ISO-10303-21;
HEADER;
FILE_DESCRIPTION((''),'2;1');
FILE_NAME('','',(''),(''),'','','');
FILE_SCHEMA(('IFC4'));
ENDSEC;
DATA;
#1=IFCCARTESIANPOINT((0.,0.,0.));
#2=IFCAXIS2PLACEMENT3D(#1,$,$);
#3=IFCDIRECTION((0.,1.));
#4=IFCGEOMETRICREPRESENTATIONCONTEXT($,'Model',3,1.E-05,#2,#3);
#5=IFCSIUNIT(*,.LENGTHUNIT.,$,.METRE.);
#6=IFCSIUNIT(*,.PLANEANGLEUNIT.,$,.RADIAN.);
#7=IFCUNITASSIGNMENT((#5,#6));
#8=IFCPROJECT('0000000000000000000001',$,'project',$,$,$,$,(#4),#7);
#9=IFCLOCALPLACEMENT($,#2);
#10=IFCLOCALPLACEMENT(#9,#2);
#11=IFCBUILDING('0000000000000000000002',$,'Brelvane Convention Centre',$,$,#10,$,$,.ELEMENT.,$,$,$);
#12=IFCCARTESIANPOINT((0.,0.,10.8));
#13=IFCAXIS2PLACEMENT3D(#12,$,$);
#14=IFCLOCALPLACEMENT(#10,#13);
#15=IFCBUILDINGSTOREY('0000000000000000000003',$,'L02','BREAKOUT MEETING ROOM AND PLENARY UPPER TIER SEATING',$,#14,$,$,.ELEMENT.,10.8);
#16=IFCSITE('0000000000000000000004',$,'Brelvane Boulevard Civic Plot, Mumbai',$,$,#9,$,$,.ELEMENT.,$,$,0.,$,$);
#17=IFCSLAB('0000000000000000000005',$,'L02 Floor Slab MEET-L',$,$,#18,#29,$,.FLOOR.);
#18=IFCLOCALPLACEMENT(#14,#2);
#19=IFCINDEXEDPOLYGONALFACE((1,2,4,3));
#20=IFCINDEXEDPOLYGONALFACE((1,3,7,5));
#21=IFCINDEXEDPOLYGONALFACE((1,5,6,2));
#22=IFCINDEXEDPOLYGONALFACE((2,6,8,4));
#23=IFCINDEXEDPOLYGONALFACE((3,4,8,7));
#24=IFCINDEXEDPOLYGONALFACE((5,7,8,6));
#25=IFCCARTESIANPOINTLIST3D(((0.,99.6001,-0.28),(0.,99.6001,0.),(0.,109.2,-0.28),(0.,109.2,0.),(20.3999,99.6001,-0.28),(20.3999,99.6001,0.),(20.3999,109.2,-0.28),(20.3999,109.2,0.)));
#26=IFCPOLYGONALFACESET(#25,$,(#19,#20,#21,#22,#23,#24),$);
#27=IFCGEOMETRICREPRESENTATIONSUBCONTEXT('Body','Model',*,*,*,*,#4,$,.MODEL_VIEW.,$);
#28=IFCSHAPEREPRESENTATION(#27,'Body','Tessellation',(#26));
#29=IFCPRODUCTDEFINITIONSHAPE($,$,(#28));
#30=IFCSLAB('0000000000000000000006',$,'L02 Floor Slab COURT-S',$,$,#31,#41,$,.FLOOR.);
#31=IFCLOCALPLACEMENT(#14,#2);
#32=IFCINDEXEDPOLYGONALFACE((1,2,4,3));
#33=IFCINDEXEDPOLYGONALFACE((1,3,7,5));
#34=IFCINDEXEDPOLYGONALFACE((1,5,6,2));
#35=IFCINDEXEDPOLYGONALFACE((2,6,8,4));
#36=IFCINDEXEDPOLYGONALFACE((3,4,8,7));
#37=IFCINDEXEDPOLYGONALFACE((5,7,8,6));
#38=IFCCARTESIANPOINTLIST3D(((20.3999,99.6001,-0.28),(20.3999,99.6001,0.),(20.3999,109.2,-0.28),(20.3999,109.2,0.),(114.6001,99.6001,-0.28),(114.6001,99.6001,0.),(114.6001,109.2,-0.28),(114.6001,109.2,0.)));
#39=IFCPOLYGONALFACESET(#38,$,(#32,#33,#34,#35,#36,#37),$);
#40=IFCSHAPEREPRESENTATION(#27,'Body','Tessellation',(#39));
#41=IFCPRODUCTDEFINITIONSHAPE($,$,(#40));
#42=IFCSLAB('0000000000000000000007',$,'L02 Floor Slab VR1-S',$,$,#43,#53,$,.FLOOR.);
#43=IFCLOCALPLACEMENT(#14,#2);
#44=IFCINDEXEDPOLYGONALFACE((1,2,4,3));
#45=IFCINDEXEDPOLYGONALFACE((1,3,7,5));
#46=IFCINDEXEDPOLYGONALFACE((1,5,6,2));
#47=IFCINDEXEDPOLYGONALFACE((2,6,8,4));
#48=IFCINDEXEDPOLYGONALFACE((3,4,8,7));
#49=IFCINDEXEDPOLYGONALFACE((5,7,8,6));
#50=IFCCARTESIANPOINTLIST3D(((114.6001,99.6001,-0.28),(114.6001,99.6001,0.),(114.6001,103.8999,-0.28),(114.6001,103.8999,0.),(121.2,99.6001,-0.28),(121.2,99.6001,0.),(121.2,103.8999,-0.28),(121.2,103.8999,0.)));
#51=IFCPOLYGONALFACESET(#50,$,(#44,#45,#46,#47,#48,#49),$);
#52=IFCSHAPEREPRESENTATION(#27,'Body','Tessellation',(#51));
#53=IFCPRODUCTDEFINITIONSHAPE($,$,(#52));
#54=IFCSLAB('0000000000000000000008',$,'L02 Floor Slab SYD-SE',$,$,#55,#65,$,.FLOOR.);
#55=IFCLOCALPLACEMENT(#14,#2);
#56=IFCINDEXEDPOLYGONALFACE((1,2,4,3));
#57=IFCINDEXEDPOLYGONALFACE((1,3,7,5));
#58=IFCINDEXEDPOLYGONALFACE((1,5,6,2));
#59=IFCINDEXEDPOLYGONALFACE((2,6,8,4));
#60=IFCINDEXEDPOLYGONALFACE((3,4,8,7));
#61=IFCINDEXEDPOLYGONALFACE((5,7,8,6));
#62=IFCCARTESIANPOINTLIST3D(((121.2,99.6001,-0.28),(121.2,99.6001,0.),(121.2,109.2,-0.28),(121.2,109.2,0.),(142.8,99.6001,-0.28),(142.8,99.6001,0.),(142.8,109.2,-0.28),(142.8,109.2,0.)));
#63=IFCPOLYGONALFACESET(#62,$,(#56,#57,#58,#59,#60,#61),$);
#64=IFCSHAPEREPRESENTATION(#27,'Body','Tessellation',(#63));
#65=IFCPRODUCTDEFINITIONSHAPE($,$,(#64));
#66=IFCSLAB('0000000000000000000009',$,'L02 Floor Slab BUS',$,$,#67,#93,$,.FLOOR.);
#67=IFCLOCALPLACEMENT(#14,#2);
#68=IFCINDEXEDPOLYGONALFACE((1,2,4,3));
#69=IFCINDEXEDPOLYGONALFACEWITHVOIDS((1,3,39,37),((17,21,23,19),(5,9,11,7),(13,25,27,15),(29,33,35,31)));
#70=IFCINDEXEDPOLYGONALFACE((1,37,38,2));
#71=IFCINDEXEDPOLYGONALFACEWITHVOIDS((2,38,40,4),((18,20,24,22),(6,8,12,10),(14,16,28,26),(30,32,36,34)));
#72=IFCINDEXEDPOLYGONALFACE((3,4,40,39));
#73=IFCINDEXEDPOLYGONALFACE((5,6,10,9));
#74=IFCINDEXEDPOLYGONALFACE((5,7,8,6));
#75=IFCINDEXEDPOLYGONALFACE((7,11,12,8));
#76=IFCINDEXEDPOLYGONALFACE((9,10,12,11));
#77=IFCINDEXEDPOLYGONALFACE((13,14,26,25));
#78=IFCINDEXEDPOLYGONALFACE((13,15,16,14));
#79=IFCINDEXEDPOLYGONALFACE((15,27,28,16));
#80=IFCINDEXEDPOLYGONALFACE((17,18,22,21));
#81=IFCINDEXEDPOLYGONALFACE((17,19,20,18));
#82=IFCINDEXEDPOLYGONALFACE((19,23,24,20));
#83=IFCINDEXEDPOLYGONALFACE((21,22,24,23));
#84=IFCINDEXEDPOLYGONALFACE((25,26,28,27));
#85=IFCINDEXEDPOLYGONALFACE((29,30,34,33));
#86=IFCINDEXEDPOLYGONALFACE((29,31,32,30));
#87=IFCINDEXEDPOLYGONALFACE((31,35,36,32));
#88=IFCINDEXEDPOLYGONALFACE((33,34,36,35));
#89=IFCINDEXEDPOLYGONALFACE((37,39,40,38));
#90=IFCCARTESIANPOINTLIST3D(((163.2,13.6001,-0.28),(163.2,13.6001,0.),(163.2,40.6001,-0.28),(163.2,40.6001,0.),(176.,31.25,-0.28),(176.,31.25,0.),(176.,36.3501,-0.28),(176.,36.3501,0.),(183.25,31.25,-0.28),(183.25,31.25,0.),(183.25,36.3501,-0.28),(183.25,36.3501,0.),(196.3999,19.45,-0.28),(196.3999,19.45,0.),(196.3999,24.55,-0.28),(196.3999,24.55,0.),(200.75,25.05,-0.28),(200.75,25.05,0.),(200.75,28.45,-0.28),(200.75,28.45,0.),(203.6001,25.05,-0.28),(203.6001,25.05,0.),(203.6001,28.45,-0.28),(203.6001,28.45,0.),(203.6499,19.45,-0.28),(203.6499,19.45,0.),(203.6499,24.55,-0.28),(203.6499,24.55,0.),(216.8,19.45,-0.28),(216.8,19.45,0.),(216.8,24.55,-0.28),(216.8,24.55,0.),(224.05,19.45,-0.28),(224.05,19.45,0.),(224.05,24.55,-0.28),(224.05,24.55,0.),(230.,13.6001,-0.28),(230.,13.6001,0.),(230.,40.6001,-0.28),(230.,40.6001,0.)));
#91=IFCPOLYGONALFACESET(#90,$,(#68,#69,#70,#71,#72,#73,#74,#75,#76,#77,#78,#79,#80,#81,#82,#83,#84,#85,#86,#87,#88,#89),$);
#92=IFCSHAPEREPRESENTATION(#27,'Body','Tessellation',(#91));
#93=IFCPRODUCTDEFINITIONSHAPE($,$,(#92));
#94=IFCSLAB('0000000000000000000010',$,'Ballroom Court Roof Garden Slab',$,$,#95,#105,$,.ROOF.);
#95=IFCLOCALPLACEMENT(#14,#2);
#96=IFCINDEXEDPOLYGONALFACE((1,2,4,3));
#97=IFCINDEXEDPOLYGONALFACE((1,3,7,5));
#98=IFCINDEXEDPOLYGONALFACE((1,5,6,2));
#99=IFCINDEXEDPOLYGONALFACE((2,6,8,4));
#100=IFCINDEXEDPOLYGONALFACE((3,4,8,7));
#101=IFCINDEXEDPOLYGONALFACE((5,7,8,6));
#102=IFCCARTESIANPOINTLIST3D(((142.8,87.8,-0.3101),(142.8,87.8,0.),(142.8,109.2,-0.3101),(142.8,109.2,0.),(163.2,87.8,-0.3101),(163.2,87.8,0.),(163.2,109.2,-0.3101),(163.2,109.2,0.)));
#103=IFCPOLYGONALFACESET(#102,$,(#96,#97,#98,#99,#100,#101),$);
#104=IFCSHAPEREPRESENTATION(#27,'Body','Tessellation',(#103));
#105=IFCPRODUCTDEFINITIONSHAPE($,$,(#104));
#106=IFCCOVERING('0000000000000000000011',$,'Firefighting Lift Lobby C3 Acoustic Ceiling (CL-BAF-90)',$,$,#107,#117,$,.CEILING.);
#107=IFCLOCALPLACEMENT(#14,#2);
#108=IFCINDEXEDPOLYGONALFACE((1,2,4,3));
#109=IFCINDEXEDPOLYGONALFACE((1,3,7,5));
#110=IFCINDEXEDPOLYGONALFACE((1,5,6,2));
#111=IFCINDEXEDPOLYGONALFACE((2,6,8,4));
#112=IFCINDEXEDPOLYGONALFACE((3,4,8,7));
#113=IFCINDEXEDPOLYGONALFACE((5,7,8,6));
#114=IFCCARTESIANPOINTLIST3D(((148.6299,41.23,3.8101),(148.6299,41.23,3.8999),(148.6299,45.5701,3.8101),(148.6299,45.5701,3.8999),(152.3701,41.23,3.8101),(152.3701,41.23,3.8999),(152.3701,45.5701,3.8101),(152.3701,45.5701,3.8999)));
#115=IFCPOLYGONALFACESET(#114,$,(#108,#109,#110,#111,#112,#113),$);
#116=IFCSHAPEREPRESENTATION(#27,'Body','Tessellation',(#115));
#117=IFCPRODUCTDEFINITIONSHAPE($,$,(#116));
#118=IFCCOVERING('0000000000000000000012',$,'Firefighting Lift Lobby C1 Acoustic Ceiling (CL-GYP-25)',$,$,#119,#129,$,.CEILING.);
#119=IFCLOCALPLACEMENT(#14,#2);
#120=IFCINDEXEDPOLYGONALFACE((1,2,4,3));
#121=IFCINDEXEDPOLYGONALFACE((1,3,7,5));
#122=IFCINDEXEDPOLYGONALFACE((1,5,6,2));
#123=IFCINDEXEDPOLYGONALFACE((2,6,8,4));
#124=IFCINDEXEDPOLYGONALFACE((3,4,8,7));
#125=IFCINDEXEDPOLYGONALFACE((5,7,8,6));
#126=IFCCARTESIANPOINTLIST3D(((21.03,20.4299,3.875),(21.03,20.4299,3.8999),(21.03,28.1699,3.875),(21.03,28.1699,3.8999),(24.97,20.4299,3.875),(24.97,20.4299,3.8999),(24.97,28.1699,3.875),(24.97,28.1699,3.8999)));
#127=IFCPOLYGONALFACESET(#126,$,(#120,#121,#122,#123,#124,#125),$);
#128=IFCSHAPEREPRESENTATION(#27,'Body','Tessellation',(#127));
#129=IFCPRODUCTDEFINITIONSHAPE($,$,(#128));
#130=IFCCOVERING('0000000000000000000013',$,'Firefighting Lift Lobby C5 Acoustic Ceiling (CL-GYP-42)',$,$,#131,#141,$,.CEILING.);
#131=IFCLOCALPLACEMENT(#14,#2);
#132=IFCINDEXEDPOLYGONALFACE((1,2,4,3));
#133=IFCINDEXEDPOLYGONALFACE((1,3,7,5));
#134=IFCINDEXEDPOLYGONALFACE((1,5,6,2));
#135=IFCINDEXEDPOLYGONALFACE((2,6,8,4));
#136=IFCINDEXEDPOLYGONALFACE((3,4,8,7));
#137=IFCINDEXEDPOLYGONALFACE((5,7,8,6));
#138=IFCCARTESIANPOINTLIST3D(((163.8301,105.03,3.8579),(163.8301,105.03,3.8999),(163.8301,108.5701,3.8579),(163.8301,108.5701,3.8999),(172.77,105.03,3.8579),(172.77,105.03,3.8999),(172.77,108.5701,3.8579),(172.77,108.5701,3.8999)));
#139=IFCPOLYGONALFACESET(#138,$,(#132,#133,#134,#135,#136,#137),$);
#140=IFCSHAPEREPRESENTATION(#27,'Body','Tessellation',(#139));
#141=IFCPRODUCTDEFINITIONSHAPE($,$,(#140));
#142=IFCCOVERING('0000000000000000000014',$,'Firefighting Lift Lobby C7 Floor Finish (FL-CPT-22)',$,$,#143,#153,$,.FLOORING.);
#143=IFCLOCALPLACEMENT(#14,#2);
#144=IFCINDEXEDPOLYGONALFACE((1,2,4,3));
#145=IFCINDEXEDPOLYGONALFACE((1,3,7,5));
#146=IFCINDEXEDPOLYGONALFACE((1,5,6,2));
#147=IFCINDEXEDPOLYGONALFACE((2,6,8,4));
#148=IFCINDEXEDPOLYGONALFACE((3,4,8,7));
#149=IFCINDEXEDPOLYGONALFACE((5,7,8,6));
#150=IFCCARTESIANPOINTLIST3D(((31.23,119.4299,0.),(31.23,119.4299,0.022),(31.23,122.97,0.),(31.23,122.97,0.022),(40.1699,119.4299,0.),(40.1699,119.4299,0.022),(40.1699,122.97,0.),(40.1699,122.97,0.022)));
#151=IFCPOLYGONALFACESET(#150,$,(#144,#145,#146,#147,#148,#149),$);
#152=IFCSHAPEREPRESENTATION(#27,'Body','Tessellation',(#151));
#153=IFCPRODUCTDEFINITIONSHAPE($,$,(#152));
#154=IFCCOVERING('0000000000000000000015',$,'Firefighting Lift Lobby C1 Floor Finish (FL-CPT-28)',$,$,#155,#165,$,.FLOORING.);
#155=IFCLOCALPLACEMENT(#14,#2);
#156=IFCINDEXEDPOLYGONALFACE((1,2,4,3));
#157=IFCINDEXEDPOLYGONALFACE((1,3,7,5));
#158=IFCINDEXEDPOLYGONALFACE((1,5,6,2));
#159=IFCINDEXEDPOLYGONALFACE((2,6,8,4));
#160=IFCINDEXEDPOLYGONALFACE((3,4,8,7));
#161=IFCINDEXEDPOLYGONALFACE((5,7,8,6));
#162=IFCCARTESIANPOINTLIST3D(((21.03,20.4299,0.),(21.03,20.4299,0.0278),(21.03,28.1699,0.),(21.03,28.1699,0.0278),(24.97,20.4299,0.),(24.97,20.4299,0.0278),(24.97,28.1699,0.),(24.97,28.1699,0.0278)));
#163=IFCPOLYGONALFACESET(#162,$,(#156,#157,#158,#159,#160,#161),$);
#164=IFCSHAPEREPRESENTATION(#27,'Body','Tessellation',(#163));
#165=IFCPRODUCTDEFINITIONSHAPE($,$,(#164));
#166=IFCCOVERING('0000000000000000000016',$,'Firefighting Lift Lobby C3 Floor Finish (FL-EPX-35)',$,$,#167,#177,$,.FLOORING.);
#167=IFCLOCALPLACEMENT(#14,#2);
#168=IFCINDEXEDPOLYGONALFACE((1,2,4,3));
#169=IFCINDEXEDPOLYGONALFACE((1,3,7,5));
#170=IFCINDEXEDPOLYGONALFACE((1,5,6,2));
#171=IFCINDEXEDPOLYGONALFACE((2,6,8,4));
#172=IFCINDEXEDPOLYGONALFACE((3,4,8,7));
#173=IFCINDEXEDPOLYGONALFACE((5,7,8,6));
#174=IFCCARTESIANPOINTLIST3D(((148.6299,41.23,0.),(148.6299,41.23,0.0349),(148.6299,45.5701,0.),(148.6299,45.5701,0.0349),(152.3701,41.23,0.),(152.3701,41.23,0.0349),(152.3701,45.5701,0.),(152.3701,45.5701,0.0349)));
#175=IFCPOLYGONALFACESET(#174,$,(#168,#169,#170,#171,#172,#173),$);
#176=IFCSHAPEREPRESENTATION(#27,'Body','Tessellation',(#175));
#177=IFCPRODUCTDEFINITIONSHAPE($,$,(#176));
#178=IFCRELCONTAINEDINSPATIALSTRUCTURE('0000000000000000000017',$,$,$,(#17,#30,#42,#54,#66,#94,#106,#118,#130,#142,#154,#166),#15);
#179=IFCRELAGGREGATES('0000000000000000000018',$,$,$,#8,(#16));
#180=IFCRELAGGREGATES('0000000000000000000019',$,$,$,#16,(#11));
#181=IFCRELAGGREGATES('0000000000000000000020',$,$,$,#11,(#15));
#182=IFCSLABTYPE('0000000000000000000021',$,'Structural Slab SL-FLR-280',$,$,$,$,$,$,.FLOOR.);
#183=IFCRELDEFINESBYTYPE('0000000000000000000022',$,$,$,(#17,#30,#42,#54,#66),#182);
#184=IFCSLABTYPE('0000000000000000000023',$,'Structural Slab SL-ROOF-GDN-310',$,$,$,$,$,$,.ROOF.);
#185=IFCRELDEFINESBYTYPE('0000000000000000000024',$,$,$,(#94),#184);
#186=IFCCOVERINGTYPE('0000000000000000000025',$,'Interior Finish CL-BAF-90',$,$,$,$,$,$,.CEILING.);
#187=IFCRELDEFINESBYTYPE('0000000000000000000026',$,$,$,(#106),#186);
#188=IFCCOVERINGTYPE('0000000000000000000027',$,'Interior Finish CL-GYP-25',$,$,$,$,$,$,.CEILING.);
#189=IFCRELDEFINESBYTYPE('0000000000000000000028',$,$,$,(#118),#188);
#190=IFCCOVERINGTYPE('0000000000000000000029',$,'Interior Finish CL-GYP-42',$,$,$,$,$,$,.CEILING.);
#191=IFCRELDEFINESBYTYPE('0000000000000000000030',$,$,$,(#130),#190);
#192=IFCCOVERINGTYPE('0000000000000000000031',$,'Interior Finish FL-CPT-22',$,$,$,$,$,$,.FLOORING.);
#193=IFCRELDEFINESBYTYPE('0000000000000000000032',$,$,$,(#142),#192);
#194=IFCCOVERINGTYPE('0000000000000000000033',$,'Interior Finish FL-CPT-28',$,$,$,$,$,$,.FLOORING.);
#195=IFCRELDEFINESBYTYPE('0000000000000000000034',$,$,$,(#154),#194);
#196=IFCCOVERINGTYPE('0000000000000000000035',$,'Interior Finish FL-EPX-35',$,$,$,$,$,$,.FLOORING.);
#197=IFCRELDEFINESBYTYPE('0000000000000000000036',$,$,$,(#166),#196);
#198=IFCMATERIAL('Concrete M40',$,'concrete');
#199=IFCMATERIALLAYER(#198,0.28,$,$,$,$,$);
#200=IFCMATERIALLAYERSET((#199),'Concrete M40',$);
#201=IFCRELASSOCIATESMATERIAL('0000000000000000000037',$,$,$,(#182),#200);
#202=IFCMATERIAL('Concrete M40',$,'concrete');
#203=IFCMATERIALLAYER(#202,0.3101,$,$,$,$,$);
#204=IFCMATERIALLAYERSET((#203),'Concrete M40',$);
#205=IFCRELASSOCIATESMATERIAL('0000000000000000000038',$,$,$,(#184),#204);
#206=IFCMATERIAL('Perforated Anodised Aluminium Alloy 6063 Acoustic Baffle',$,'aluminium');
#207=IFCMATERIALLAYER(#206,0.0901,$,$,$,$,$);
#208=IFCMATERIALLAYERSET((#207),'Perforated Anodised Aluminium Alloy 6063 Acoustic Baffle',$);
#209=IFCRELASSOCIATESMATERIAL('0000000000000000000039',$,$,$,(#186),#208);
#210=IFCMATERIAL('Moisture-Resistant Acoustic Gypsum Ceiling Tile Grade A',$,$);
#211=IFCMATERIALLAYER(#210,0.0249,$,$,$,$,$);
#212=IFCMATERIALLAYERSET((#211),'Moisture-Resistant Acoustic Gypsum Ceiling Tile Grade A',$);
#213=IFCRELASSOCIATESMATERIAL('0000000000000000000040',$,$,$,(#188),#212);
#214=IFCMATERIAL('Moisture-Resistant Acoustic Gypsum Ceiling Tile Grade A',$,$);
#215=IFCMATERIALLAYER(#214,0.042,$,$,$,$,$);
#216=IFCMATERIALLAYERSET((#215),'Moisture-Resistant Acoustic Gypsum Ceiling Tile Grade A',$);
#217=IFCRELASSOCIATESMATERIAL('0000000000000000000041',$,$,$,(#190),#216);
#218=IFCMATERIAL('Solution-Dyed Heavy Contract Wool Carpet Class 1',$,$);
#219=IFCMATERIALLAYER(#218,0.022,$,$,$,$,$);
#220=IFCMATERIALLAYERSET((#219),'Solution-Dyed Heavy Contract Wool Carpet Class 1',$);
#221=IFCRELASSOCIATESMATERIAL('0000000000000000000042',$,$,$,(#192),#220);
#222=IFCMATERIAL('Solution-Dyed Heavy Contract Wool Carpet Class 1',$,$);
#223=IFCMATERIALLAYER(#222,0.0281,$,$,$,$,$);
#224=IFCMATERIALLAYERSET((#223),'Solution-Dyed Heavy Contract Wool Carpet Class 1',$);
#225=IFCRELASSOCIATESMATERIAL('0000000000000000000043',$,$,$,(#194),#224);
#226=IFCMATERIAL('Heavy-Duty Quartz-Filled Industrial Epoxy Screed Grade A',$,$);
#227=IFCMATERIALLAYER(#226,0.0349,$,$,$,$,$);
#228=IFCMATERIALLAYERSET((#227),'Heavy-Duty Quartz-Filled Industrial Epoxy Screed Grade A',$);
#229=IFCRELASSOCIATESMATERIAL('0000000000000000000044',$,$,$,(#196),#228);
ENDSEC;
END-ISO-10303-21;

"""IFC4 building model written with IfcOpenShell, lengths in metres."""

from ifc_helpers import new_model, si_unit, direction, frame, origin, place, context, subcontext, project, spatial, polyline, outline, extrude, material, layer, layer_set, type_object, element, save


model = new_model("IFC4")

# Units and contexts
model_context = context("Model", 3, precision=1e-05, world=origin(), true_north=direction((0.0, 1.0)))
body_context = subcontext(model_context, "Body", "Model", "MODEL_VIEW")
ifc_project = project(units=[si_unit("LENGTHUNIT", "METRE"), si_unit("PLANEANGLEUNIT", "RADIAN")], contexts=[model_context])

# Site, building, storey
site_placement = place(None, origin())
site = spatial("IfcSite", under=ifc_project, at=site_placement, Name="Brelvane Boulevard Civic Plot, Mumbai", CompositionType="ELEMENT", RefElevation=0.0)
building_placement = place(site_placement, origin())
building = spatial("IfcBuilding", under=site, at=building_placement, Name="Brelvane Convention Centre", CompositionType="ELEMENT")
storey_placement = place(building_placement, frame((0.0, 0.0, 10.8)))
storey = spatial("IfcBuildingStorey", under=building, at=storey_placement, Name="L02", Description="BREAKOUT MEETING ROOM AND PLENARY UPPER TIER SEATING", CompositionType="ELEMENT", Elevation=10.8)

# Slabs
ifc_material_1 = material(Name="Concrete M40", Category="concrete")
ifc_layer_1 = layer(ifc_material_1, 0.28)
ifc_layer_set_1 = layer_set([ifc_layer_1], Name="Concrete M40")
slab_type_1 = type_object("IfcSlabType", Name="Structural Slab SL-FLR-280", PredefinedType="FLOOR", material=ifc_layer_set_1)
slab_1_placement = place(storey_placement, frame((0.0, 0.0, -0.28)))
element("IfcSlab", 1, at=slab_1_placement, inside=storey, type_object=slab_type_1, Name="L02 Floor Slab MEET-L", PredefinedType="FLOOR", context=body_context, shape_type="SweptSolid", body=[
    extrude(outline(polyline([(0.0, 99.6001), (20.3999, 99.6001), (20.3999, 109.2), (0.0, 109.2), (0.0, 99.6001)])), origin(), (0.0, 0.0, 1.0), 0.28),
])
slab_2_placement = place(storey_placement, frame((0.0, 0.0, -0.28)))
element("IfcSlab", 2, at=slab_2_placement, inside=storey, type_object=slab_type_1, Name="L02 Floor Slab COURT-S", PredefinedType="FLOOR", context=body_context, shape_type="SweptSolid", body=[
    extrude(outline(polyline([(20.3999, 99.6001), (114.6001, 99.6001), (114.6001, 109.2), (20.3999, 109.2), (20.3999, 99.6001)])), origin(), (0.0, 0.0, 1.0), 0.28),
])
slab_3_placement = place(storey_placement, frame((0.0, 0.0, -0.28)))
element("IfcSlab", 3, at=slab_3_placement, inside=storey, type_object=slab_type_1, Name="L02 Floor Slab VR1-S", PredefinedType="FLOOR", context=body_context, shape_type="SweptSolid", body=[
    extrude(outline(polyline([(114.6001, 99.6001), (121.2, 99.6001), (121.2, 103.8999), (114.6001, 103.8999), (114.6001, 99.6001)])), origin(), (0.0, 0.0, 1.0), 0.28),
])
slab_4_placement = place(storey_placement, frame((0.0, 0.0, -0.28)))
element("IfcSlab", 4, at=slab_4_placement, inside=storey, type_object=slab_type_1, Name="L02 Floor Slab SYD-SE", PredefinedType="FLOOR", context=body_context, shape_type="SweptSolid", body=[
    extrude(outline(polyline([(121.2, 99.6001), (142.8, 99.6001), (142.8, 109.2), (121.2, 109.2), (121.2, 99.6001)])), origin(), (0.0, 0.0, 1.0), 0.28),
])
slab_5_placement = place(storey_placement, frame((0.0, 0.0, -0.28)))
element("IfcSlab", 5, at=slab_5_placement, inside=storey, type_object=slab_type_1, Name="L02 Floor Slab BUS", PredefinedType="FLOOR", context=body_context, shape_type="SweptSolid", body=[
    extrude(outline(polyline([(163.2, 13.6001), (230.0, 13.6001), (230.0, 40.6001), (163.2, 40.6001), (163.2, 13.6001)]), holes=[polyline([(196.3999, 19.45), (203.6499, 19.45), (203.6499, 24.55), (196.3999, 24.55), (196.3999, 19.45)]), polyline([(200.75, 25.05), (203.6001, 25.05), (203.6001, 28.45), (200.75, 28.45), (200.75, 25.05)]), polyline([(216.8, 19.45), (224.05, 19.45), (224.05, 24.55), (216.8, 24.55), (216.8, 19.45)]), polyline([(176.0, 31.25), (183.25, 31.25), (183.25, 36.3501), (176.0, 36.3501), (176.0, 31.25)])]), origin(), (0.0, 0.0, 1.0), 0.28),
])
ifc_material_2 = material(Name="Concrete M40", Category="concrete")
ifc_layer_2 = layer(ifc_material_2, 0.3101)
ifc_layer_set_2 = layer_set([ifc_layer_2], Name="Concrete M40")
slab_type_2 = type_object("IfcSlabType", Name="Structural Slab SL-ROOF-GDN-310", PredefinedType="ROOF", material=ifc_layer_set_2)
slab_6_placement = place(storey_placement, frame((0.0, 0.0, -0.3101)))
element("IfcSlab", 6, at=slab_6_placement, inside=storey, type_object=slab_type_2, Name="Ballroom Court Roof Garden Slab", PredefinedType="ROOF", context=body_context, shape_type="SweptSolid", body=[
    extrude(outline(polyline([(142.8, 87.8), (163.2, 87.8), (163.2, 109.2), (142.8, 109.2), (142.8, 87.8)])), origin(), (0.0, 0.0, 1.0), 0.3101),
])

# Coverings
ifc_material_3 = material(Name="Perforated Anodised Aluminium Alloy 6063 Acoustic Baffle", Category="aluminium")
ifc_layer_3 = layer(ifc_material_3, 0.0901)
ifc_layer_set_3 = layer_set([ifc_layer_3], Name="Perforated Anodised Aluminium Alloy 6063 Acoustic Baffle")
covering_type_1 = type_object("IfcCoveringType", Name="Interior Finish CL-BAF-90", PredefinedType="CEILING", material=ifc_layer_set_3)
covering_1_placement = place(storey_placement, frame((0.0, 0.0, 3.8101)))
element("IfcCovering", 7, at=covering_1_placement, inside=storey, type_object=covering_type_1, Name="Firefighting Lift Lobby C3 Acoustic Ceiling (CL-BAF-90)", PredefinedType="CEILING", context=body_context, shape_type="SweptSolid", body=[
    extrude(outline(polyline([(148.6299, 41.23), (152.3701, 41.23), (152.3701, 45.5701), (148.6299, 45.5701), (148.6299, 41.23)])), origin(), (0.0, 0.0, 1.0), 0.0898),
])
ifc_material_4 = material(Name="Moisture-Resistant Acoustic Gypsum Ceiling Tile Grade A")
ifc_layer_4 = layer(ifc_material_4, 0.0249)
ifc_layer_set_4 = layer_set([ifc_layer_4], Name="Moisture-Resistant Acoustic Gypsum Ceiling Tile Grade A")
covering_type_2 = type_object("IfcCoveringType", Name="Interior Finish CL-GYP-25", PredefinedType="CEILING", material=ifc_layer_set_4)
covering_2_placement = place(storey_placement, frame((0.0, 0.0, 3.875)))
element("IfcCovering", 8, at=covering_2_placement, inside=storey, type_object=covering_type_2, Name="Firefighting Lift Lobby C1 Acoustic Ceiling (CL-GYP-25)", PredefinedType="CEILING", context=body_context, shape_type="SweptSolid", body=[
    extrude(outline(polyline([(21.03, 20.4299), (24.97, 20.4299), (24.97, 28.1699), (21.03, 28.1699), (21.03, 20.4299)])), origin(), (0.0, 0.0, 1.0), 0.0249),
])
ifc_material_5 = material(Name="Moisture-Resistant Acoustic Gypsum Ceiling Tile Grade A")
ifc_layer_5 = layer(ifc_material_5, 0.042)
ifc_layer_set_5 = layer_set([ifc_layer_5], Name="Moisture-Resistant Acoustic Gypsum Ceiling Tile Grade A")
covering_type_3 = type_object("IfcCoveringType", Name="Interior Finish CL-GYP-42", PredefinedType="CEILING", material=ifc_layer_set_5)
covering_3_placement = place(storey_placement, frame((0.0, 0.0, 3.8579)))
element("IfcCovering", 9, at=covering_3_placement, inside=storey, type_object=covering_type_3, Name="Firefighting Lift Lobby C5 Acoustic Ceiling (CL-GYP-42)", PredefinedType="CEILING", context=body_context, shape_type="SweptSolid", body=[
    extrude(outline(polyline([(163.8301, 105.03), (172.77, 105.03), (172.77, 108.5701), (163.8301, 108.5701), (163.8301, 105.03)])), origin(), (0.0, 0.0, 1.0), 0.042),
])
ifc_material_6 = material(Name="Solution-Dyed Heavy Contract Wool Carpet Class 1")
ifc_layer_6 = layer(ifc_material_6, 0.022)
ifc_layer_set_6 = layer_set([ifc_layer_6], Name="Solution-Dyed Heavy Contract Wool Carpet Class 1")
covering_type_4 = type_object("IfcCoveringType", Name="Interior Finish FL-CPT-22", PredefinedType="FLOORING", material=ifc_layer_set_6)
covering_4_placement = place(storey_placement, origin())
element("IfcCovering", 10, at=covering_4_placement, inside=storey, type_object=covering_type_4, Name="Firefighting Lift Lobby C7 Floor Finish (FL-CPT-22)", PredefinedType="FLOORING", context=body_context, shape_type="SweptSolid", body=[
    extrude(outline(polyline([(31.23, 119.4299), (40.1699, 119.4299), (40.1699, 122.97), (31.23, 122.97), (31.23, 119.4299)])), origin(), (0.0, 0.0, 1.0), 0.022),
])
ifc_material_7 = material(Name="Solution-Dyed Heavy Contract Wool Carpet Class 1")
ifc_layer_7 = layer(ifc_material_7, 0.0281)
ifc_layer_set_7 = layer_set([ifc_layer_7], Name="Solution-Dyed Heavy Contract Wool Carpet Class 1")
covering_type_5 = type_object("IfcCoveringType", Name="Interior Finish FL-CPT-28", PredefinedType="FLOORING", material=ifc_layer_set_7)
covering_5_placement = place(storey_placement, origin())
element("IfcCovering", 11, at=covering_5_placement, inside=storey, type_object=covering_type_5, Name="Firefighting Lift Lobby C1 Floor Finish (FL-CPT-28)", PredefinedType="FLOORING", context=body_context, shape_type="SweptSolid", body=[
    extrude(outline(polyline([(21.03, 20.4299), (24.97, 20.4299), (24.97, 28.1699), (21.03, 28.1699), (21.03, 20.4299)])), origin(), (0.0, 0.0, 1.0), 0.0278),
])
ifc_material_8 = material(Name="Heavy-Duty Quartz-Filled Industrial Epoxy Screed Grade A")
ifc_layer_8 = layer(ifc_material_8, 0.0349)
ifc_layer_set_8 = layer_set([ifc_layer_8], Name="Heavy-Duty Quartz-Filled Industrial Epoxy Screed Grade A")
covering_type_6 = type_object("IfcCoveringType", Name="Interior Finish FL-EPX-35", PredefinedType="FLOORING", material=ifc_layer_set_8)
covering_6_placement = place(storey_placement, origin())
element("IfcCovering", 12, at=covering_6_placement, inside=storey, type_object=covering_type_6, Name="Firefighting Lift Lobby C3 Floor Finish (FL-EPX-35)", PredefinedType="FLOORING", context=body_context, shape_type="SweptSolid", body=[
    extrude(outline(polyline([(148.6299, 41.23), (152.3701, 41.23), (152.3701, 45.5701), (148.6299, 45.5701), (148.6299, 41.23)])), origin(), (0.0, 0.0, 1.0), 0.0349),
])

save(model, "model.ifc")
